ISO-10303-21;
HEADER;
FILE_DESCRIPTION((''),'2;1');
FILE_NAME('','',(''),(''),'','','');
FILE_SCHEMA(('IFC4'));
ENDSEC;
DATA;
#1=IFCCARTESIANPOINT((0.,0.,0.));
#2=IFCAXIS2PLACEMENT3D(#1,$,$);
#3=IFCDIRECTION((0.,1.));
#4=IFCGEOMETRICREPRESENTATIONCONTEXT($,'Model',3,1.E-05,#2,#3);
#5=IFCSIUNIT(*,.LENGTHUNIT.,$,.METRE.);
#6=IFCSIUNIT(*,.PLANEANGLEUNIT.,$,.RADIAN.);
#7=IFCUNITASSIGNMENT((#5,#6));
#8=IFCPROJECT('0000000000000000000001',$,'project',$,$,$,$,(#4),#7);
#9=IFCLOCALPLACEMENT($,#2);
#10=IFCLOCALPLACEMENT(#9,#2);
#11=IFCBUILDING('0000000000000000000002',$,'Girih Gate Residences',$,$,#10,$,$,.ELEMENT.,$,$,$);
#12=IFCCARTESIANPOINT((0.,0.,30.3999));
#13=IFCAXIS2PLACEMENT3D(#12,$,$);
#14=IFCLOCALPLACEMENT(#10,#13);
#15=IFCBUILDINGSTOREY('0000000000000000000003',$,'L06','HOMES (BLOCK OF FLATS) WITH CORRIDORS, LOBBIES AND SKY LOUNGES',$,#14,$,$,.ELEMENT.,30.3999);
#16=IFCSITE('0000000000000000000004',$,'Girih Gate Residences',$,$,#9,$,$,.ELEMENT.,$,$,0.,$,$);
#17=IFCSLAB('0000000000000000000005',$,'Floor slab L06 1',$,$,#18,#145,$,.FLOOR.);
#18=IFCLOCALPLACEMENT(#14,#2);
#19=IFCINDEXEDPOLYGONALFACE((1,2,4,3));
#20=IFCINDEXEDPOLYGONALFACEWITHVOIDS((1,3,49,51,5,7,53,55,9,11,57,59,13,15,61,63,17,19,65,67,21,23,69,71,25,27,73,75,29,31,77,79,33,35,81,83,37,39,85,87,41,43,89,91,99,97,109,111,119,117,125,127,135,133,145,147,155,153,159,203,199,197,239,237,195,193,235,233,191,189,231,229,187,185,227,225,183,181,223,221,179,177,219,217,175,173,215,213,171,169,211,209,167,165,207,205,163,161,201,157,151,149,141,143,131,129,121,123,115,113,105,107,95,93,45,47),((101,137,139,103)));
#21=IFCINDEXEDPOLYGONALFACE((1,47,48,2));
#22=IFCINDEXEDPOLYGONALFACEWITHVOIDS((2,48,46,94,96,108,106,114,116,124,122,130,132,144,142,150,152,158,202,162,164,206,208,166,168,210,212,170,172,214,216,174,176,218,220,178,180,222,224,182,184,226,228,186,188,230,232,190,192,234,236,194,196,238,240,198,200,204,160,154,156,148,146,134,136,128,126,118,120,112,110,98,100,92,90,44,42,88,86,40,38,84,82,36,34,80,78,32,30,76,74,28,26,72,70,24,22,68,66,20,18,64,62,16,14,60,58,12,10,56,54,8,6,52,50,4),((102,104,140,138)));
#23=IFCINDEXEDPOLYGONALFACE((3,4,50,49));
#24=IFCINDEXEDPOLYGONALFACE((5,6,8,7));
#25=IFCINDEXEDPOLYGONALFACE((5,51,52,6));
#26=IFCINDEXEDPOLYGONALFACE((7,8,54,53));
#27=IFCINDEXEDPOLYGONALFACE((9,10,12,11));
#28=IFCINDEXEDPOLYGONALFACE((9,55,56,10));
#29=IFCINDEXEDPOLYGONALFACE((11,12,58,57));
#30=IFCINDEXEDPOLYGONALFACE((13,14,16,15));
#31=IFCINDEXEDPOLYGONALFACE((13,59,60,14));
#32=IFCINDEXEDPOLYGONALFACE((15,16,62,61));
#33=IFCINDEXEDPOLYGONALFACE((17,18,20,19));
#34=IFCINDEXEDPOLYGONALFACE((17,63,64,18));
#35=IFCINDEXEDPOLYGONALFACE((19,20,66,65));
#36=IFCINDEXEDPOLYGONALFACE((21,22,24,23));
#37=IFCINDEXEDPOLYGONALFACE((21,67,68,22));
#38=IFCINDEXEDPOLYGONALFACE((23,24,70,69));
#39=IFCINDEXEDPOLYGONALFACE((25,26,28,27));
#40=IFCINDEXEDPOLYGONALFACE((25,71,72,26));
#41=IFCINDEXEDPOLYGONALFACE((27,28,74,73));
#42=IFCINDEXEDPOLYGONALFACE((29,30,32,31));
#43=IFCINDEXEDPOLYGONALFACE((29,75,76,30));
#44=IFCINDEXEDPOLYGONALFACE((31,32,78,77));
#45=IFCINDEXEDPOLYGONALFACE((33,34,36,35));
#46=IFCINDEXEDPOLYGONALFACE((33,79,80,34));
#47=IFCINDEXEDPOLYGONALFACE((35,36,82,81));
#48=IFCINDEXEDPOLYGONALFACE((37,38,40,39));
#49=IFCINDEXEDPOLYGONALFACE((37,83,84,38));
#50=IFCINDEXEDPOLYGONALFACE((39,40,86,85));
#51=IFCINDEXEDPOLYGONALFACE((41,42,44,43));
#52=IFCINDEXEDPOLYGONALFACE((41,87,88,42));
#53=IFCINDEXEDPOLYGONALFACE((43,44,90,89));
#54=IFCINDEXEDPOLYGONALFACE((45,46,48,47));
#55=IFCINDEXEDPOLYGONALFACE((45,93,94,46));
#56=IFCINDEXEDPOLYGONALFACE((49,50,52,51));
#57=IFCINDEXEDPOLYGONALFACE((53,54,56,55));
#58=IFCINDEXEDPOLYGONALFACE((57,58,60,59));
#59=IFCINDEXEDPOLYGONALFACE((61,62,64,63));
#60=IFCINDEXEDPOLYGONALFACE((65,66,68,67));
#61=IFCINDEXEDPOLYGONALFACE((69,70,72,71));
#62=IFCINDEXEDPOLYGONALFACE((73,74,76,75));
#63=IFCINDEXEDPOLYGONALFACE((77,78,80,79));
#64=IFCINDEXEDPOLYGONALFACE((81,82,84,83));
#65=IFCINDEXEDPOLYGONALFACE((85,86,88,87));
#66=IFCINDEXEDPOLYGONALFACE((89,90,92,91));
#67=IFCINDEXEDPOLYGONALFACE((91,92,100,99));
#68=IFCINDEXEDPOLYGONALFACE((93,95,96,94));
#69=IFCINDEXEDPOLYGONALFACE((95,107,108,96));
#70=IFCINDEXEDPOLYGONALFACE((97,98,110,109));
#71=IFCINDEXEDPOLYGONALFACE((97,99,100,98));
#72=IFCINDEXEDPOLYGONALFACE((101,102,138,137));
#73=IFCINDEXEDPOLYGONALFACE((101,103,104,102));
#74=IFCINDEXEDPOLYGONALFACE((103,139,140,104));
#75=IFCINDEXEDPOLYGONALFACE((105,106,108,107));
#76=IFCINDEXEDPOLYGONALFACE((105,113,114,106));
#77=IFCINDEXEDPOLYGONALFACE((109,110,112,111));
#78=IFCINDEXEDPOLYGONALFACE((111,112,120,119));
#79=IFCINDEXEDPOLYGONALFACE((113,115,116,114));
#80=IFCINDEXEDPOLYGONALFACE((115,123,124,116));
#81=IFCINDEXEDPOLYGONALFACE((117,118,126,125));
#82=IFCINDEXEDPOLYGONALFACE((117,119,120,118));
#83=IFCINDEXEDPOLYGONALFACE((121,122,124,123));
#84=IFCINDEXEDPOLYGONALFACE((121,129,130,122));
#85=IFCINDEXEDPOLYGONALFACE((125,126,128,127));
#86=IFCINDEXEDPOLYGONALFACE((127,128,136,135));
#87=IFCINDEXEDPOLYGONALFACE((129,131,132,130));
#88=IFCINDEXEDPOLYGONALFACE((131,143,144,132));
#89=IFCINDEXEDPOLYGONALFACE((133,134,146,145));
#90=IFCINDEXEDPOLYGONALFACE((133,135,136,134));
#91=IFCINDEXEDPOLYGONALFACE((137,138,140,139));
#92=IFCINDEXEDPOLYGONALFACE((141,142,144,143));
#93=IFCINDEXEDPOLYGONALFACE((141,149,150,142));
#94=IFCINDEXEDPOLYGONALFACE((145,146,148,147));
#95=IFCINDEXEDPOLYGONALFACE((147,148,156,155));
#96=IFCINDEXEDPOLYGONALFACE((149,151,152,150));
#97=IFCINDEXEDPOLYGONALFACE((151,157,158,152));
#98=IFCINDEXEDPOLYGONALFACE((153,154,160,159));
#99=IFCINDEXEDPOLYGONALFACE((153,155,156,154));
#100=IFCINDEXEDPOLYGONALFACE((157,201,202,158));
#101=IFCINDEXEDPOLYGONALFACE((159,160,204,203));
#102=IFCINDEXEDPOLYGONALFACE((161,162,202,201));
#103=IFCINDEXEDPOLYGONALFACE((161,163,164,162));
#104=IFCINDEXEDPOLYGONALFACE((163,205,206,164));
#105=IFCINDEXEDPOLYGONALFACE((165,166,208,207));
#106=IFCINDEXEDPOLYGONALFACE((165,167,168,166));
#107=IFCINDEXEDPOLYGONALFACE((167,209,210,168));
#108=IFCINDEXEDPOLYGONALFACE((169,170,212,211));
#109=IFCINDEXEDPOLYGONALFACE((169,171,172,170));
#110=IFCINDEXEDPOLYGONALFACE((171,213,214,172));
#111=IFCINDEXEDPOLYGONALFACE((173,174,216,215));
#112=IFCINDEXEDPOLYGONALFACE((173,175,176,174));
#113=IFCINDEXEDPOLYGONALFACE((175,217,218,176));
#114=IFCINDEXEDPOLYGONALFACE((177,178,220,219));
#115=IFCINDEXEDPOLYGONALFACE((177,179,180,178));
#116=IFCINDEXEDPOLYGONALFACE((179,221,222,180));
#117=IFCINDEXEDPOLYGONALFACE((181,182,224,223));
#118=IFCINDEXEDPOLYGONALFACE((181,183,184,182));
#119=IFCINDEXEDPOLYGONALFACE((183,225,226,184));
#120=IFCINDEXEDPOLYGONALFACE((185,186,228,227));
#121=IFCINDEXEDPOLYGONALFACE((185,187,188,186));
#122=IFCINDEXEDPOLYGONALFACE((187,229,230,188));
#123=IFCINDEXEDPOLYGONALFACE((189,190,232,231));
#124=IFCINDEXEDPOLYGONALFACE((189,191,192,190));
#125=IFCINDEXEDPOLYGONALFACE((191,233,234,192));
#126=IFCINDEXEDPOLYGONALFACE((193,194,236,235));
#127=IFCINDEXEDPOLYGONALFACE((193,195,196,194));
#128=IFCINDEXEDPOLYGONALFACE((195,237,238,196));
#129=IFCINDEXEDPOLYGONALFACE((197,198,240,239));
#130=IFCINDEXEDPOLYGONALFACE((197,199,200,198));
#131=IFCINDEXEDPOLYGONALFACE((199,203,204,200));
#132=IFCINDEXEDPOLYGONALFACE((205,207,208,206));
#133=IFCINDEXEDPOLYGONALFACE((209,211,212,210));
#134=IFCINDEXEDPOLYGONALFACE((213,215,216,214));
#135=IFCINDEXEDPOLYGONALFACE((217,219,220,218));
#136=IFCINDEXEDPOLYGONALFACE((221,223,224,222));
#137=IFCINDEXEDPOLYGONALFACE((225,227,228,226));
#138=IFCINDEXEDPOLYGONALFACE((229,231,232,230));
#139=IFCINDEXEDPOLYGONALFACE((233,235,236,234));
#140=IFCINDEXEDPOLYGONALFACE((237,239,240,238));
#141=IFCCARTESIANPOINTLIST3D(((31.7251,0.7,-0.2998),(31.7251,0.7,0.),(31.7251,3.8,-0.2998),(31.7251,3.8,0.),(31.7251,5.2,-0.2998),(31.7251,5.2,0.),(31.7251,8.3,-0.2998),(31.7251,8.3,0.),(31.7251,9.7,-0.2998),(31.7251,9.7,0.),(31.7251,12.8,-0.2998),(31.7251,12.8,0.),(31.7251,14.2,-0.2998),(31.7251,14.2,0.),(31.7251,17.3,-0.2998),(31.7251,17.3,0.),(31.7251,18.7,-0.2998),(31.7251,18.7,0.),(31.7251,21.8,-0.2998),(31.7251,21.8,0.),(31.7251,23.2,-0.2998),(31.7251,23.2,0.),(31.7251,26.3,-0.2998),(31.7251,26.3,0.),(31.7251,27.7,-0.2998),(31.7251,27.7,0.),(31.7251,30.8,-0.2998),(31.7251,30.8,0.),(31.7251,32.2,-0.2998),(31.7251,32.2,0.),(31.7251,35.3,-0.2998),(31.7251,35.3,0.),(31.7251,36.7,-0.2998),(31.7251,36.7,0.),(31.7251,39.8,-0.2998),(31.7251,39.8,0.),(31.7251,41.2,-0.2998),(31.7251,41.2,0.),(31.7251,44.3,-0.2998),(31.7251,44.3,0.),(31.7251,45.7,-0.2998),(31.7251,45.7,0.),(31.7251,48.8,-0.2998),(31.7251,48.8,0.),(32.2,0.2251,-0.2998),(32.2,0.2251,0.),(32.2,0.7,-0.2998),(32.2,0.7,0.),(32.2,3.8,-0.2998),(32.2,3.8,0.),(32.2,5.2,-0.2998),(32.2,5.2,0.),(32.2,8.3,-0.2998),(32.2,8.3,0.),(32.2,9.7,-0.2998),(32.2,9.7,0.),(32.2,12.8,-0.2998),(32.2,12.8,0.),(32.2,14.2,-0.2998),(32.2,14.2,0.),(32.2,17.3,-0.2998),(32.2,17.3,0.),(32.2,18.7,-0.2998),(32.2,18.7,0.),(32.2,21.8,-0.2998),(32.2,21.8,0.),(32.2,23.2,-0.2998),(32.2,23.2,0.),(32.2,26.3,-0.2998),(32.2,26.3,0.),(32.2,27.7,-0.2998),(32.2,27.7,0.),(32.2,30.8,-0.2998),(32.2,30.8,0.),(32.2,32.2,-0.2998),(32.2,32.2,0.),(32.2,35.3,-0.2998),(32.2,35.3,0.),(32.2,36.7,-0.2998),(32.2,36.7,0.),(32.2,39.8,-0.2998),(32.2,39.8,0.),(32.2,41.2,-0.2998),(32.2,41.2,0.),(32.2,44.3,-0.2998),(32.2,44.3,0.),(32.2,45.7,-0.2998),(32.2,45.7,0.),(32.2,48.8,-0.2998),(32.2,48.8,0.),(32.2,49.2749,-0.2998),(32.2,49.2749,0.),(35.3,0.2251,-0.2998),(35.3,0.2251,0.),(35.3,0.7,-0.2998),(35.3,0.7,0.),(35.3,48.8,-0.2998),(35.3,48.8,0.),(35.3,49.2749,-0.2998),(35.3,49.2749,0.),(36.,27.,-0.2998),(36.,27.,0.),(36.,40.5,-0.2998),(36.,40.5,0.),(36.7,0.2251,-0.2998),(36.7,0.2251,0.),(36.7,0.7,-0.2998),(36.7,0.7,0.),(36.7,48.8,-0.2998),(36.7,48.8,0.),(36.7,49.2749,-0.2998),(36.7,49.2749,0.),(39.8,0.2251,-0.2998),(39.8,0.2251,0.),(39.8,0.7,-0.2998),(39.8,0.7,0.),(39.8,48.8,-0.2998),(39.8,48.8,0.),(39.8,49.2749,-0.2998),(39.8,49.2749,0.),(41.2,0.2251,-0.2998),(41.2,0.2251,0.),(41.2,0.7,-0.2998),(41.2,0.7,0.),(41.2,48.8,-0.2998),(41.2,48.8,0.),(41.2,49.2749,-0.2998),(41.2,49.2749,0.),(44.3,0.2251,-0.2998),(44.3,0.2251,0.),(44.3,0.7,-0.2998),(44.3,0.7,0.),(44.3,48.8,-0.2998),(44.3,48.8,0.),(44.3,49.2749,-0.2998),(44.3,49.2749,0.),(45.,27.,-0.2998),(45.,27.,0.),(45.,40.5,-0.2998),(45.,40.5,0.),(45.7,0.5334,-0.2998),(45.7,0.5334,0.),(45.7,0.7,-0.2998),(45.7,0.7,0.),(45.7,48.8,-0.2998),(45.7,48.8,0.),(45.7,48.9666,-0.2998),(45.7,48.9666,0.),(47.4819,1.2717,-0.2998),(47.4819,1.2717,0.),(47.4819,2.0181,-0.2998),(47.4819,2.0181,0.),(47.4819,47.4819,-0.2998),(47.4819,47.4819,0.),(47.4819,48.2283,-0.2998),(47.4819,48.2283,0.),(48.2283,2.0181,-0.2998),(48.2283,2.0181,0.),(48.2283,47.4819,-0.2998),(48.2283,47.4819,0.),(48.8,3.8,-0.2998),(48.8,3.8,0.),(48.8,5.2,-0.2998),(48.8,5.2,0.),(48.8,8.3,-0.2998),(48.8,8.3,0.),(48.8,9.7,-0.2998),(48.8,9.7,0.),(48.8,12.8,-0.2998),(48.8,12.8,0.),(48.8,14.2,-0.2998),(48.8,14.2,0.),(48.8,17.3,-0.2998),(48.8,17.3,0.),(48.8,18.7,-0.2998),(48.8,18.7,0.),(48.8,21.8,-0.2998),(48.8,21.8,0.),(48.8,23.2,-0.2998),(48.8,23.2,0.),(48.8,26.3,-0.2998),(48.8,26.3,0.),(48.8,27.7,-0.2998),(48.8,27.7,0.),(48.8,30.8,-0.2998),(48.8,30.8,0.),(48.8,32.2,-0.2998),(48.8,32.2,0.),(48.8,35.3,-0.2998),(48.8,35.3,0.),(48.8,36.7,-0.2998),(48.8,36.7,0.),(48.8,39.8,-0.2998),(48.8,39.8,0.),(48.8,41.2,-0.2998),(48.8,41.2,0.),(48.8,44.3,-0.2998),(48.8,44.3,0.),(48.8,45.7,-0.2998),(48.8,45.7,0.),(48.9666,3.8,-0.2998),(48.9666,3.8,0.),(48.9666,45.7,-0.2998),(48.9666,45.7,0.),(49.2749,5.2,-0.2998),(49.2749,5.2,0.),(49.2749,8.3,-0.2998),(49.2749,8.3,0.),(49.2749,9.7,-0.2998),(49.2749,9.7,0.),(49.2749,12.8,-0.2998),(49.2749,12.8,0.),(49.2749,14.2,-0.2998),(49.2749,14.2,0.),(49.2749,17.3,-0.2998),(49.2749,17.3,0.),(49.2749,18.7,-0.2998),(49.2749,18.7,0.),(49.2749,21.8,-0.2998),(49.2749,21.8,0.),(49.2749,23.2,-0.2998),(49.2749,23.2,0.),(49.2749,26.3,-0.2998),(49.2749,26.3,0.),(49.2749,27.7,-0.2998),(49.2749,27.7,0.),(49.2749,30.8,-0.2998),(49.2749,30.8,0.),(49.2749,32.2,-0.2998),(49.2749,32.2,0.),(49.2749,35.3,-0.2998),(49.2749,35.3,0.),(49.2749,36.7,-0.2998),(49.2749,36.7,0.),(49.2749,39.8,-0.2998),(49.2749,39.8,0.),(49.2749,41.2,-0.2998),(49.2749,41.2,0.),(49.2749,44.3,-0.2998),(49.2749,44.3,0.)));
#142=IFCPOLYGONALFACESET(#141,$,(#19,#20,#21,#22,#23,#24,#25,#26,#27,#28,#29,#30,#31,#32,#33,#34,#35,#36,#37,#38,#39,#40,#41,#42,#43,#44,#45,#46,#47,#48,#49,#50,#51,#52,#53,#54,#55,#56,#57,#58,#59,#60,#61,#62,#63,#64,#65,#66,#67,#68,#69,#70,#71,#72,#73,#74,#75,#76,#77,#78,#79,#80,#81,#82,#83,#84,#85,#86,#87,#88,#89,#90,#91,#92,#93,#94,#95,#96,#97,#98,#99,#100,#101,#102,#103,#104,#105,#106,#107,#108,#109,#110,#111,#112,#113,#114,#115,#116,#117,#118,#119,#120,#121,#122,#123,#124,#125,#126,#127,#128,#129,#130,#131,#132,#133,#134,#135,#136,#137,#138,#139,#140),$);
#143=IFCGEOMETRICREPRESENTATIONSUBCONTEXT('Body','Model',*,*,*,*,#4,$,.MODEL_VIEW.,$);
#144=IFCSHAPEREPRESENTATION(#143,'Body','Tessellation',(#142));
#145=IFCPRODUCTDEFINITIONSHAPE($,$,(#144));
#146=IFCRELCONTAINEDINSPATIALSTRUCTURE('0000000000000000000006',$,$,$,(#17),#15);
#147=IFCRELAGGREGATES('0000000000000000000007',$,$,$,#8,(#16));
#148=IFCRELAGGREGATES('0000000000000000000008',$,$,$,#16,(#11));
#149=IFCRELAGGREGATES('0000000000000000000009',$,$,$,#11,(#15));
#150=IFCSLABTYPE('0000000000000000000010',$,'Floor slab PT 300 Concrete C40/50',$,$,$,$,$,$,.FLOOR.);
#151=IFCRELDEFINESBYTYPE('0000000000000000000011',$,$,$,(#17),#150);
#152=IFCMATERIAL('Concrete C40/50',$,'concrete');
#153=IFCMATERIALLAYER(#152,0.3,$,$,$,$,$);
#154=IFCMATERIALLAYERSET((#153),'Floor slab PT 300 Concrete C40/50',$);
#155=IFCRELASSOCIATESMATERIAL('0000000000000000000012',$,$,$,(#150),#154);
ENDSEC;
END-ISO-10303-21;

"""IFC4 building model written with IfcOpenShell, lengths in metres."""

from ifc_helpers import new_model, si_unit, direction, frame, origin, place, context, subcontext, project, spatial, polyline, outline, extrude, material, layer, layer_set, type_object, element, save


model = new_model("IFC4")

# Units and contexts
model_context = context("Model", 3, precision=1e-05, world=origin(), true_north=direction((0.0, 1.0)))
body_context = subcontext(model_context, "Body", "Model", "MODEL_VIEW")
ifc_project = project(units=[si_unit("LENGTHUNIT", "METRE"), si_unit("PLANEANGLEUNIT", "RADIAN")], contexts=[model_context])

# Site, building, storey
site_placement = place(None, origin())
site = spatial("IfcSite", under=ifc_project, at=site_placement, Name="Girih Gate Residences", CompositionType="ELEMENT", RefElevation=0.0)
building_placement = place(site_placement, origin())
building = spatial("IfcBuilding", under=site, at=building_placement, Name="Girih Gate Residences", CompositionType="ELEMENT")
storey_placement = place(building_placement, frame((0.0, 0.0, 30.3999)))
storey = spatial("IfcBuildingStorey", under=building, at=storey_placement, Name="L06", Description="HOMES (BLOCK OF FLATS) WITH CORRIDORS, LOBBIES AND SKY LOUNGES", CompositionType="ELEMENT", Elevation=30.3999)

# Slab
ifc_material_1 = material(Name="Concrete C40/50", Category="concrete")
ifc_layer_1 = layer(ifc_material_1, 0.3)
ifc_layer_set_1 = layer_set([ifc_layer_1], Name="Floor slab PT 300 Concrete C40/50")
slab_type_1 = type_object("IfcSlabType", Name="Floor slab PT 300 Concrete C40/50", PredefinedType="FLOOR", material=ifc_layer_set_1)
slab_1_placement = place(storey_placement, frame((0.0, 0.0, -0.2998)))
element("IfcSlab", 1, at=slab_1_placement, inside=storey, type_object=slab_type_1, Name="Floor slab L06 1", PredefinedType="FLOOR", context=body_context, shape_type="SweptSolid", body=[
    extrude(outline(polyline([(35.3, 49.2749), (32.2, 49.2749), (32.2, 48.8), (31.7251, 48.8), (31.7251, 45.7), (32.2, 45.7), (32.2, 44.3), (31.7251, 44.3), (31.7251, 41.2), (32.2, 41.2), (32.2, 39.8), (31.7251, 39.8), (31.7251, 36.7), (32.2, 36.7), (32.2, 35.3), (31.7251, 35.3), (31.7251, 32.2), (32.2, 32.2), (32.2, 30.8), (31.7251, 30.8), (31.7251, 27.7), (32.2, 27.7), (32.2, 26.3), (31.7251, 26.3), (31.7251, 23.2), (32.2, 23.2), (32.2, 21.8), (31.7251, 21.8), (31.7251, 18.7), (32.2, 18.7), (32.2, 17.3), (31.7251, 17.3), (31.7251, 14.2), (32.2, 14.2), (32.2, 12.8), (31.7251, 12.8), (31.7251, 9.7), (32.2, 9.7), (32.2, 8.3), (31.7251, 8.3), (31.7251, 5.2), (32.2, 5.2), (32.2, 3.8), (31.7251, 3.8), (31.7251, 0.7), (32.2, 0.7), (32.2, 0.2251), (35.3, 0.2251), (35.3, 0.7), (36.7, 0.7), (36.7, 0.2251), (39.8, 0.2251), (39.8, 0.7), (41.2, 0.7), (41.2, 0.2251), (44.3, 0.2251), (44.3, 0.7), (45.7, 0.7), (45.7, 0.5334), (47.4819, 1.2717), (47.4819, 2.0181), (48.2283, 2.0181), (48.9666, 3.8), (48.8, 3.8), (48.8, 5.2), (49.2749, 5.2), (49.2749, 8.3), (48.8, 8.3), (48.8, 9.7), (49.2749, 9.7), (49.2749, 12.8), (48.8, 12.8), (48.8, 14.2), (49.2749, 14.2), (49.2749, 17.3), (48.8, 17.3), (48.8, 18.7), (49.2749, 18.7), (49.2749, 21.8), (48.8, 21.8), (48.8, 23.2), (49.2749, 23.2), (49.2749, 26.3), (48.8, 26.3), (48.8, 27.7), (49.2749, 27.7), (49.2749, 30.8), (48.8, 30.8), (48.8, 32.2), (49.2749, 32.2), (49.2749, 35.3), (48.8, 35.3), (48.8, 36.7), (49.2749, 36.7), (49.2749, 39.8), (48.8, 39.8), (48.8, 41.2), (49.2749, 41.2), (49.2749, 44.3), (48.8, 44.3), (48.8, 45.7), (48.9666, 45.7), (48.2283, 47.4819), (47.4819, 47.4819), (47.4819, 48.2283), (45.7, 48.9666), (45.7, 48.8), (44.3, 48.8), (44.3, 49.2749), (41.2, 49.2749), (41.2, 48.8), (39.8, 48.8), (39.8, 49.2749), (36.7, 49.2749), (36.7, 48.8), (35.3, 48.8), (35.3, 49.2749)]), holes=[polyline([(45.0, 40.5), (45.0, 27.0), (36.0, 27.0), (36.0, 40.5), (45.0, 40.5)])]), origin(), (0.0, 0.0, 1.0), 0.2998),
])

save(model, "model.ifc")
